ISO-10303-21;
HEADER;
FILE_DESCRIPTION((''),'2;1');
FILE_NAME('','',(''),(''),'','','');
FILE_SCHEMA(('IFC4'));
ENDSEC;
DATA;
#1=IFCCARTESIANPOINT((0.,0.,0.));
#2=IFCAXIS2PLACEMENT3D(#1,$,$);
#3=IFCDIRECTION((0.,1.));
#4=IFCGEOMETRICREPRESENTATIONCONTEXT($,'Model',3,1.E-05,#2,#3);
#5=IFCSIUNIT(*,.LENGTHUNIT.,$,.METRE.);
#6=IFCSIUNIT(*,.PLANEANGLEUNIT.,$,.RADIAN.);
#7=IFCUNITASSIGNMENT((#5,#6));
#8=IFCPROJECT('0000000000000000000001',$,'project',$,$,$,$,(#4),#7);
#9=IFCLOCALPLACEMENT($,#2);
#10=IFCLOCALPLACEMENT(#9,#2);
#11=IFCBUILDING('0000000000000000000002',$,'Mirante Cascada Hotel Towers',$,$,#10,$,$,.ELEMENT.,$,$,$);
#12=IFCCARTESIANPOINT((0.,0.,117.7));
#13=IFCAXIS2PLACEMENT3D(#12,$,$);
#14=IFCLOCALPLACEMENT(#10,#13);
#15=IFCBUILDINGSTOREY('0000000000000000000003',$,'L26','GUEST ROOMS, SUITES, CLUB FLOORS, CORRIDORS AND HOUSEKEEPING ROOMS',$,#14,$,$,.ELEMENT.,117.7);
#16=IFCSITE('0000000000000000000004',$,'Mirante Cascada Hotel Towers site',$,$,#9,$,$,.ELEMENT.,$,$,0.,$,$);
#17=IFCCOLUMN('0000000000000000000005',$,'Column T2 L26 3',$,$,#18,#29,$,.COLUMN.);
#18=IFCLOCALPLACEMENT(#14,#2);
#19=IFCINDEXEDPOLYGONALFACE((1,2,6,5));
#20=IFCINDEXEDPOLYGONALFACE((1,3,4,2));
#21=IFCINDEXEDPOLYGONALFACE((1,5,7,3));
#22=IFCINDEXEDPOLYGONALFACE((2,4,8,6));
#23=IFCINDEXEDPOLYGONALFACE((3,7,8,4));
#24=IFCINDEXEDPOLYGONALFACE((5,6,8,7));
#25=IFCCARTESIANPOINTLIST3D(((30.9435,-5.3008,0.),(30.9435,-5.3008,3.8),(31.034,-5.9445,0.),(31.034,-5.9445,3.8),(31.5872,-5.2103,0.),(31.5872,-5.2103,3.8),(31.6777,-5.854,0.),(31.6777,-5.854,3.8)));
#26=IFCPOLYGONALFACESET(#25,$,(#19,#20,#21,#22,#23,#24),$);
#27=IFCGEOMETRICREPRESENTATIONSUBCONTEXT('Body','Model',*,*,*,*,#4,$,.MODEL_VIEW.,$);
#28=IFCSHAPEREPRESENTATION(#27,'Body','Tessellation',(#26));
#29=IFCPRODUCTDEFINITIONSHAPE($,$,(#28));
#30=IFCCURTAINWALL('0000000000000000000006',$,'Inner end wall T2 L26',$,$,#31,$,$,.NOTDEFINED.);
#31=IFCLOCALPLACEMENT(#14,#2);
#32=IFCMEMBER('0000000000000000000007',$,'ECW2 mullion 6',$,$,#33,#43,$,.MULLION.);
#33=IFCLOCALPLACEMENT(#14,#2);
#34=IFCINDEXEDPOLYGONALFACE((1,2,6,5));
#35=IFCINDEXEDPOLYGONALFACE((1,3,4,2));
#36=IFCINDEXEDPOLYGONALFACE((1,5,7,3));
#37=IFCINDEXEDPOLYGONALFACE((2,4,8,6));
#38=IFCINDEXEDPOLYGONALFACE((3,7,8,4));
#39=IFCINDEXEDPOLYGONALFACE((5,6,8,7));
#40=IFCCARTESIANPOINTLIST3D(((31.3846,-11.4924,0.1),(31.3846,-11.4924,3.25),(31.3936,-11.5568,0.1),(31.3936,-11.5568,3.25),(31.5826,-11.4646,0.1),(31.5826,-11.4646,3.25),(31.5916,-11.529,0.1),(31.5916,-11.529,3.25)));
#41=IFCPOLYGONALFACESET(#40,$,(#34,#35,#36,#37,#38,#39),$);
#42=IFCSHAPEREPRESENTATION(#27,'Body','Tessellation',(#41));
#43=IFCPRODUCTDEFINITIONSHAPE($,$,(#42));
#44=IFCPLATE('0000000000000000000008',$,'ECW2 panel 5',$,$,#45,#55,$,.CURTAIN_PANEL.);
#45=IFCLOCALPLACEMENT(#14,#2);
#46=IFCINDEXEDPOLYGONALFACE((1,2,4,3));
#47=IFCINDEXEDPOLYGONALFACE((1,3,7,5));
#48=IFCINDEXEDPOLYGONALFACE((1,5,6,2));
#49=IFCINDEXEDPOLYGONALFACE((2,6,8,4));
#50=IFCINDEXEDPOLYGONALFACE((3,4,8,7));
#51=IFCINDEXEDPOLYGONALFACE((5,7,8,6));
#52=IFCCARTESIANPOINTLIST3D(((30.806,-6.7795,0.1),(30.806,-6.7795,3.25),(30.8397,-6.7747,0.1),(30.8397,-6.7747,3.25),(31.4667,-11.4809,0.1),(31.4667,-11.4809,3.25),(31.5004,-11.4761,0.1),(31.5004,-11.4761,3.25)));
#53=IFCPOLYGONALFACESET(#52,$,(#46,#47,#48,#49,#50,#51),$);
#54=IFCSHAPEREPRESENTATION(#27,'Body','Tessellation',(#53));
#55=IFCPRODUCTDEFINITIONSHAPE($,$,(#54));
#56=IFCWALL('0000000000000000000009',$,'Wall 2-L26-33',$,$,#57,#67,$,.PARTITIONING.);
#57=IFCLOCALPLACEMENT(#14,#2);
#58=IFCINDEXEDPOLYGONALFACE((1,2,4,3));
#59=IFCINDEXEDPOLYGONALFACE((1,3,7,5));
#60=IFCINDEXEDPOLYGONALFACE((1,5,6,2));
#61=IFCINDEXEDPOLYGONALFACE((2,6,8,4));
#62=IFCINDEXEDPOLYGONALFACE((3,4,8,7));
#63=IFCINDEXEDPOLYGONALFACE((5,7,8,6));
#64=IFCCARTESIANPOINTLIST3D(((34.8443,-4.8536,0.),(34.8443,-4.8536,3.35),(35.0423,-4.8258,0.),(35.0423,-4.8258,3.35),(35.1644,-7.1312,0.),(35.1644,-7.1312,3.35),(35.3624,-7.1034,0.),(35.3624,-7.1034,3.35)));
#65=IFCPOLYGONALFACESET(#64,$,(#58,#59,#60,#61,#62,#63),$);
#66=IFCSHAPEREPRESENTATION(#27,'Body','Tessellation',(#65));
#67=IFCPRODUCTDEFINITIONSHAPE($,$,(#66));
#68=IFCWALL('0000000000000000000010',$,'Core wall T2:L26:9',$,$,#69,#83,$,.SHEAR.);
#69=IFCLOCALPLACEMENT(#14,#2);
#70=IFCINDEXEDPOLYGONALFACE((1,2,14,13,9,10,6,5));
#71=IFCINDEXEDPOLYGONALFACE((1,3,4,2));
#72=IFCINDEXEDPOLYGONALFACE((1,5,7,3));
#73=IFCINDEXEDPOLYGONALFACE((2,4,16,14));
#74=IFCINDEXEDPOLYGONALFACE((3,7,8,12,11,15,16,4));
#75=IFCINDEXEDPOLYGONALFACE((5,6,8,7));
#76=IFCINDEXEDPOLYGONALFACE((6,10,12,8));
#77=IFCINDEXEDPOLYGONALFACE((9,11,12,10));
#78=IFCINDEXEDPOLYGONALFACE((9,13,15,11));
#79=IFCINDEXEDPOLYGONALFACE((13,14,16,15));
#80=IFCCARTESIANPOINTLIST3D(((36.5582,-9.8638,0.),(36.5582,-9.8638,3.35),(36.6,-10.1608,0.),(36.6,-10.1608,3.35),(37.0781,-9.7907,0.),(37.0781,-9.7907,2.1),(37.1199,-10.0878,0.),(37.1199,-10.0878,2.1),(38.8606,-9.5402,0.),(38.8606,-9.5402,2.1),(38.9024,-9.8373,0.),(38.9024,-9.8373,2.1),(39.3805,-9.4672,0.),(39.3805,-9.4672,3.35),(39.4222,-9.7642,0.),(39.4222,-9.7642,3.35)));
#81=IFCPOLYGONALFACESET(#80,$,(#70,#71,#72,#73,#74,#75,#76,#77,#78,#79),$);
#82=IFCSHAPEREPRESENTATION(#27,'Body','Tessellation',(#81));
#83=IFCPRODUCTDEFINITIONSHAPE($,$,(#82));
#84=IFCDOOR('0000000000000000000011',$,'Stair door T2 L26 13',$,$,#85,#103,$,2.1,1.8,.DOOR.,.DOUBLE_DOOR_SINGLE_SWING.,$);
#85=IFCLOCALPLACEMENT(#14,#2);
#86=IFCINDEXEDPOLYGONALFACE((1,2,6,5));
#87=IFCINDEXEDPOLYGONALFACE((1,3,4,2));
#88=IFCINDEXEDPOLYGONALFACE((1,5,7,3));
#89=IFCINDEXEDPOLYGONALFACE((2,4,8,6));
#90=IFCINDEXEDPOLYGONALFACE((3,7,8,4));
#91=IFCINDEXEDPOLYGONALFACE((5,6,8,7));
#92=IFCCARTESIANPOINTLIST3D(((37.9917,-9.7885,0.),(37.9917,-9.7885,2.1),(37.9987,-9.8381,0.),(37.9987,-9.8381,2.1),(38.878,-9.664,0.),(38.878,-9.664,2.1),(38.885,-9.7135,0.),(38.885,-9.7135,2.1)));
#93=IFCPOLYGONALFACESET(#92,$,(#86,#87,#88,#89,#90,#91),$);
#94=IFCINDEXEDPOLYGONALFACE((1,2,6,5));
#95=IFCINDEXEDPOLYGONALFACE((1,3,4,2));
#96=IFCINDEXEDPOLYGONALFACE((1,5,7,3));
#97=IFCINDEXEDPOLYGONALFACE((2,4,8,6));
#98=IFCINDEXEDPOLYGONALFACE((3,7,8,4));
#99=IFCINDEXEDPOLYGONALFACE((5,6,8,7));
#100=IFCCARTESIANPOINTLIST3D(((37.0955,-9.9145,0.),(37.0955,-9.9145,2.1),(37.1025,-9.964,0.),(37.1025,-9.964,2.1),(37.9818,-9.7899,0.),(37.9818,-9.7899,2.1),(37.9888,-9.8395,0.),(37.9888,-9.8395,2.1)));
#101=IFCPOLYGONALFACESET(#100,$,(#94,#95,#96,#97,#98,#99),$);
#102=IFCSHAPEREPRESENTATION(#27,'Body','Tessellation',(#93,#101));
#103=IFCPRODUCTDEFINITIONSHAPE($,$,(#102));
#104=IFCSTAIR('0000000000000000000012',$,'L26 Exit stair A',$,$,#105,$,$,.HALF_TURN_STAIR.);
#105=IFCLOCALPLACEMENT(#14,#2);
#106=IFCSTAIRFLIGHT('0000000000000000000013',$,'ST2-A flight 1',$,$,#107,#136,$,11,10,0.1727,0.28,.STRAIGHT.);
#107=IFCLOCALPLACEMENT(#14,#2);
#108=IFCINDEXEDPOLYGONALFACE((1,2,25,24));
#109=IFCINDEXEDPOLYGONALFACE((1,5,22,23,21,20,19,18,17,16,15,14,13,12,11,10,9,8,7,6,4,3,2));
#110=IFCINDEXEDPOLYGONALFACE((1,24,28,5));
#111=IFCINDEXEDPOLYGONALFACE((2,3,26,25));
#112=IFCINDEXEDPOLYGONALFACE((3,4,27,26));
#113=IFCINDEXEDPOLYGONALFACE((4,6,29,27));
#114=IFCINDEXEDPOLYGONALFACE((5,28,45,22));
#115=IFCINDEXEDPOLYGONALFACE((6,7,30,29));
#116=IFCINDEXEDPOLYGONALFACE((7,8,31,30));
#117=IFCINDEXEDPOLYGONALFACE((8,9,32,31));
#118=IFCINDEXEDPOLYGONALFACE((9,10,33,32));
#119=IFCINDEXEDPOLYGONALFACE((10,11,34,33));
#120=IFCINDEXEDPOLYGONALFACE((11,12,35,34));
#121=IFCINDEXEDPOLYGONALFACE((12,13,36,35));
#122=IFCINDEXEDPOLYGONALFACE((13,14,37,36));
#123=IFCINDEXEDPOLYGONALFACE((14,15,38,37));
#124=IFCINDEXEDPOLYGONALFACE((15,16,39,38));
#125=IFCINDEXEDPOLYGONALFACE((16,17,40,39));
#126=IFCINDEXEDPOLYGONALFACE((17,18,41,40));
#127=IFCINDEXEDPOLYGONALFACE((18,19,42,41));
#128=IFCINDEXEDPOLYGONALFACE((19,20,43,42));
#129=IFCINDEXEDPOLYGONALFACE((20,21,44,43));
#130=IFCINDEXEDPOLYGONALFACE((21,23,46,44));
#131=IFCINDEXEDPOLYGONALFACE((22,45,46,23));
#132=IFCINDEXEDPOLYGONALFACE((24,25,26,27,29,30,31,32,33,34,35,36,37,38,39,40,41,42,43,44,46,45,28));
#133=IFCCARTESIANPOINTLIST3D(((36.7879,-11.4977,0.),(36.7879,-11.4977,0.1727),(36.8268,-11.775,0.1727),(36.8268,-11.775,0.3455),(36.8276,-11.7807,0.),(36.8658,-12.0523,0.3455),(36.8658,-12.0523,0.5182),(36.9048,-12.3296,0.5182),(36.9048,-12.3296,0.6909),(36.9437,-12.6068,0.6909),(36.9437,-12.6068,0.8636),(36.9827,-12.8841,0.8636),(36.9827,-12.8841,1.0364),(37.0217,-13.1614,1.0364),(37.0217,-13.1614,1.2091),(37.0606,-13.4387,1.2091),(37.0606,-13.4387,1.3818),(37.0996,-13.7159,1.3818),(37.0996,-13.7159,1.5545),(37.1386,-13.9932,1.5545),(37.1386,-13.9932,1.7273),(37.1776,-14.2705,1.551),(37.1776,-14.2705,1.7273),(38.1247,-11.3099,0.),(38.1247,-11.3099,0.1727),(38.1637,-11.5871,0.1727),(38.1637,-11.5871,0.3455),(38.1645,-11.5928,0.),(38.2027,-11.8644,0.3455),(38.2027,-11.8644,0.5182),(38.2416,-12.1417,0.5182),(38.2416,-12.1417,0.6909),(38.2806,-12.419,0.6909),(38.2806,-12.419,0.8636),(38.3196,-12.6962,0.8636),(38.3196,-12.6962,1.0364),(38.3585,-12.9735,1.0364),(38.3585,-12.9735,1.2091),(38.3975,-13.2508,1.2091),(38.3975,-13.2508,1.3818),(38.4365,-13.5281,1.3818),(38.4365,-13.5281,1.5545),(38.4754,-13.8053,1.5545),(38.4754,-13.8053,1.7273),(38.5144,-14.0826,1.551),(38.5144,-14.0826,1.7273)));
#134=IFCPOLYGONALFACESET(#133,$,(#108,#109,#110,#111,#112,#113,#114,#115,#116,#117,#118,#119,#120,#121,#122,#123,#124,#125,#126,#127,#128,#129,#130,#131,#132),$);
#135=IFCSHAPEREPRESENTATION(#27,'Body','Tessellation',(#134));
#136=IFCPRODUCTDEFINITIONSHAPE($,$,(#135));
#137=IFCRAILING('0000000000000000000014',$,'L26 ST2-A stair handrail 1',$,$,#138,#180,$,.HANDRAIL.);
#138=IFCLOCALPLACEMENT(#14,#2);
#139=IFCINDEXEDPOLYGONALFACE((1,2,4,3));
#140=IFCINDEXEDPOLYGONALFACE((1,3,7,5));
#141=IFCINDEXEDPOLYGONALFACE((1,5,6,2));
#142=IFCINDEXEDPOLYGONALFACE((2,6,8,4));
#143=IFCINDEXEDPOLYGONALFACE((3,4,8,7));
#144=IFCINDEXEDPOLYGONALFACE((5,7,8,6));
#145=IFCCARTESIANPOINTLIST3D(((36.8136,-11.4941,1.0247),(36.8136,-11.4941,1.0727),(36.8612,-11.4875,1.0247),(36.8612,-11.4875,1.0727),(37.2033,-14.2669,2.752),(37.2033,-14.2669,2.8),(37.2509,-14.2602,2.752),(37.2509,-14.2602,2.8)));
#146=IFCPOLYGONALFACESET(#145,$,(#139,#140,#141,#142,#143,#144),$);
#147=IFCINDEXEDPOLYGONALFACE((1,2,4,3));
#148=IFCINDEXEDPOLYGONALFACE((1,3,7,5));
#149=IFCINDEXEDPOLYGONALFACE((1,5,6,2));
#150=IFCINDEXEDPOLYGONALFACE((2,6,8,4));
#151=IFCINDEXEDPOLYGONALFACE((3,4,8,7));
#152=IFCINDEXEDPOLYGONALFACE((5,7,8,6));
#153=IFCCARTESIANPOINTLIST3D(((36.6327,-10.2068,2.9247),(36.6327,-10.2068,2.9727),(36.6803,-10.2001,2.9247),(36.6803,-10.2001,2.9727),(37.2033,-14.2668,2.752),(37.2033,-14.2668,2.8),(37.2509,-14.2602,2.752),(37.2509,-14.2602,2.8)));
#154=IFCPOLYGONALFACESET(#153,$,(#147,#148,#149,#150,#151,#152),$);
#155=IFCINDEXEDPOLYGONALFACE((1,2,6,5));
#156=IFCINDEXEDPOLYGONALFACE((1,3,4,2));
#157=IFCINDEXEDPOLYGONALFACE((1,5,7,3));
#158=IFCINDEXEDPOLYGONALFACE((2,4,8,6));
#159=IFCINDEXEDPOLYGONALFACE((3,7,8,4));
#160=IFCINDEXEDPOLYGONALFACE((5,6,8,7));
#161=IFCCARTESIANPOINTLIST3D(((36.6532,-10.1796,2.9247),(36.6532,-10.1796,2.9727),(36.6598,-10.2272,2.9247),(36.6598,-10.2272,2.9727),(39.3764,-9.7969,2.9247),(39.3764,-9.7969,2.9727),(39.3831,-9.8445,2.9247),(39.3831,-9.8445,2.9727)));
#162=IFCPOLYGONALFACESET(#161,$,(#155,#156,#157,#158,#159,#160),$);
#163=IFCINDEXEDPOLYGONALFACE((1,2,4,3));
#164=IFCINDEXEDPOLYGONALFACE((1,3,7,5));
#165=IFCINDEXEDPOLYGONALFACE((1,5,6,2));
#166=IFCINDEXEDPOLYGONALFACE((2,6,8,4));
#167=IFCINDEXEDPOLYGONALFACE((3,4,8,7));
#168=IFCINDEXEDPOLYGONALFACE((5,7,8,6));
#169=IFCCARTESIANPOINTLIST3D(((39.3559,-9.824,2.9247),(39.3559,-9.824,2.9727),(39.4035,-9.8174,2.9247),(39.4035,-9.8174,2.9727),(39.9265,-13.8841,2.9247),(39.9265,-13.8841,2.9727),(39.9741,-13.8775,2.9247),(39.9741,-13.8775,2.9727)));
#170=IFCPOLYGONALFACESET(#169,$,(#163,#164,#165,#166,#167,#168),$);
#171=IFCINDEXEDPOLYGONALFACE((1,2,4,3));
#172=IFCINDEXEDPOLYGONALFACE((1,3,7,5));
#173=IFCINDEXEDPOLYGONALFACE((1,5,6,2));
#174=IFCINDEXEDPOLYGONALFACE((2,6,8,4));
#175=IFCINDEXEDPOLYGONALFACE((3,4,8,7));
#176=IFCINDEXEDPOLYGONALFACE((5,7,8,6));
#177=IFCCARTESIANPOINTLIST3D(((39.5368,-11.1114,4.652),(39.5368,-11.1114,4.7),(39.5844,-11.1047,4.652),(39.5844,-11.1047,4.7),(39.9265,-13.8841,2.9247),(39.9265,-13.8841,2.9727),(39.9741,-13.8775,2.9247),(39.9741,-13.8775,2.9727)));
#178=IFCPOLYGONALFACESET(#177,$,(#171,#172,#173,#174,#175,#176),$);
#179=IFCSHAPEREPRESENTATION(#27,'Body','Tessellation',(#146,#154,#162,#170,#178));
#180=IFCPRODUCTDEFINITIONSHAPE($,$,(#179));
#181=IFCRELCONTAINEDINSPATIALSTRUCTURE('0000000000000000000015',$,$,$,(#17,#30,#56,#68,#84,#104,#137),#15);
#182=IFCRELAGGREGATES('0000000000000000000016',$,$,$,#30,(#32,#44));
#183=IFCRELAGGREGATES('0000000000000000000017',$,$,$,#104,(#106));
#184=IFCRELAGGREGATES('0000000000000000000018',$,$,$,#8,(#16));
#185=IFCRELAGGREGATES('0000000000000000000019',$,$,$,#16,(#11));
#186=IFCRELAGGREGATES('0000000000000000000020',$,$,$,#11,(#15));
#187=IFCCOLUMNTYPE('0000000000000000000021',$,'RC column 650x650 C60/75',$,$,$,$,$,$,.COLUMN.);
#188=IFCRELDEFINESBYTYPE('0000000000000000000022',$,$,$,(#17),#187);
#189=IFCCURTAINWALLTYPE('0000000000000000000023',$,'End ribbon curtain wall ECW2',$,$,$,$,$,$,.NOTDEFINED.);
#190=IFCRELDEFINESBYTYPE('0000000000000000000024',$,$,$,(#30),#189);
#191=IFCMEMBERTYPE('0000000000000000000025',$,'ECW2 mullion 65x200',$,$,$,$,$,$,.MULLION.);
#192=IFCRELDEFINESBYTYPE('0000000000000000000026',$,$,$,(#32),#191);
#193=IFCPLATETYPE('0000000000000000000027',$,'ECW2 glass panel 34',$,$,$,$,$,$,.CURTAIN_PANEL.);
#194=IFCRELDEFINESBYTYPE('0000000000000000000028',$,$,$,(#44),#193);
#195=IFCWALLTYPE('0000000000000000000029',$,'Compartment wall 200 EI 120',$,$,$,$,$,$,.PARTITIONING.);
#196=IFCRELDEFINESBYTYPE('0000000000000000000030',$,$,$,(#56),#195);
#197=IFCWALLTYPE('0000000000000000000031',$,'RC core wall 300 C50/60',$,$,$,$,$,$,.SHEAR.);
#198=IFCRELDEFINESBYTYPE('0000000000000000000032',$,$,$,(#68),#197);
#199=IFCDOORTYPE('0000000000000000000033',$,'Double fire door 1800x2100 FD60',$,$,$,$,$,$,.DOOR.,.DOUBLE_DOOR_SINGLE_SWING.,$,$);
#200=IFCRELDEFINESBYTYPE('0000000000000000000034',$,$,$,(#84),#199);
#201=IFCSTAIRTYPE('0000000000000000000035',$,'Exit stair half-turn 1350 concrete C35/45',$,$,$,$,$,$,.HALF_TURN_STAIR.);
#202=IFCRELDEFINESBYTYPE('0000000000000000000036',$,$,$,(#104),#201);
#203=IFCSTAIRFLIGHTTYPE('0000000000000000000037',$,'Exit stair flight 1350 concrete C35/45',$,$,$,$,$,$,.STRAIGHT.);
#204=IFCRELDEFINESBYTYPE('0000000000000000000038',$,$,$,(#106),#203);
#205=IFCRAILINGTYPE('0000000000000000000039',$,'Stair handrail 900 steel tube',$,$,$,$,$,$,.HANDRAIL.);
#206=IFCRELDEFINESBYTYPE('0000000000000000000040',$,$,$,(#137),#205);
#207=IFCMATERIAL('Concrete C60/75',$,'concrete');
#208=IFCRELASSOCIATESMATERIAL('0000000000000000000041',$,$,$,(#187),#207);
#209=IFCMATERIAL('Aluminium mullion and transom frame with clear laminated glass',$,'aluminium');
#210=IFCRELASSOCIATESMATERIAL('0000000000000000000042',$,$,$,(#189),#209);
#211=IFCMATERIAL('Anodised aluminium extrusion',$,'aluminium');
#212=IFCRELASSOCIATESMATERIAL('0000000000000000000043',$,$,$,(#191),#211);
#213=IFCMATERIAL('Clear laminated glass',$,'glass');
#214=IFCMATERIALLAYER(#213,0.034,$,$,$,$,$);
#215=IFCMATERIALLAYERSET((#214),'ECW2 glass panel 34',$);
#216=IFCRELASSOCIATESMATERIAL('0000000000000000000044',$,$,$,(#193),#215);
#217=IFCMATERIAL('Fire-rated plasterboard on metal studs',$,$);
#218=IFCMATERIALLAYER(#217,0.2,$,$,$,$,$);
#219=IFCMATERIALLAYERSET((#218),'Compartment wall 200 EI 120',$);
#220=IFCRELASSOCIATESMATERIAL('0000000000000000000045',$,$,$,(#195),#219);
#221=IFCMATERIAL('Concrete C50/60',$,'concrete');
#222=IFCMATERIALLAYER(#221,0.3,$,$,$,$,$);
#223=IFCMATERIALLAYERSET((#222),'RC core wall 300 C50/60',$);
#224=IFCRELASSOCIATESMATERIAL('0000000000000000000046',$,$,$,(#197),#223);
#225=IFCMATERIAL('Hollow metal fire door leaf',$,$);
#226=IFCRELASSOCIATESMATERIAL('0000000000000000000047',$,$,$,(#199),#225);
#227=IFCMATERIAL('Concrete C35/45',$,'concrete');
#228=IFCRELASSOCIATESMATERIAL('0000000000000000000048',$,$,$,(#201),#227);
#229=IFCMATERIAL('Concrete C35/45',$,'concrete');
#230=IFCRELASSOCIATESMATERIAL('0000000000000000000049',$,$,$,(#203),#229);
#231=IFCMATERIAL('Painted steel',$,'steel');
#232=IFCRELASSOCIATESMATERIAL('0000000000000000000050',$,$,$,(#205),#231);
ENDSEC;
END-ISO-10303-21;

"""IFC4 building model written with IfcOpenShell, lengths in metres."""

from ifc_helpers import new_model, si_unit, direction, frame, frame_2d, origin, origin_2d, place, context, subcontext, project, spatial, polyline, rectangle, outline, extrude, material, layer, layer_set, material_profile, profile_set, type_object, element, fill, aggregate, save


model = new_model("IFC4")

# Units and contexts
model_context = context("Model", 3, precision=1e-05, world=origin(), true_north=direction((0.0, 1.0)))
body_context = subcontext(model_context, "Body", "Model", "MODEL_VIEW")
ifc_project = project(units=[si_unit("LENGTHUNIT", "METRE"), si_unit("PLANEANGLEUNIT", "RADIAN")], contexts=[model_context])

# Site, building, storey
site_placement = place(None, origin())
site = spatial("IfcSite", under=ifc_project, at=site_placement, Name="Mirante Cascada Hotel Towers site", CompositionType="ELEMENT", RefElevation=0.0)
building_placement = place(site_placement, origin())
building = spatial("IfcBuilding", under=site, at=building_placement, Name="Mirante Cascada Hotel Towers", CompositionType="ELEMENT")
storey_placement = place(building_placement, frame((0.0, 0.0, 117.7)))
storey = spatial("IfcBuildingStorey", under=building, at=storey_placement, Name="L26", Description="GUEST ROOMS, SUITES, CLUB FLOORS, CORRIDORS AND HOUSEKEEPING ROOMS", CompositionType="ELEMENT", Elevation=117.7)

# Column
ifc_material_1 = material(Name="Concrete C60/75", Category="concrete")
ifc_material_profile_1 = material_profile(ifc_material_1, rectangle(XDim=0.65, YDim=0.65, at=origin_2d()), Name="RC column 650x650 C60/75")
ifc_profile_set_1 = profile_set([ifc_material_profile_1], Name="Concrete C60/75")
column_type = type_object("IfcColumnType", Name="RC column 650x650 C60/75", PredefinedType="COLUMN", material=ifc_profile_set_1)
column_placement = place(storey_placement, frame((31.3106, -5.5774, 0.0), z_axis=(0.0, 0.0, 1.0), x_axis=(0.990268, 0.139173, 0.0)))
element("IfcColumn", 1, at=column_placement, inside=storey, type_object=column_type, Name="Column T2 L26 3", PredefinedType="COLUMN", context=body_context, shape_type="SweptSolid", body=[
    extrude(rectangle(XDim=0.65, YDim=0.65, at=origin_2d()), origin(), (0.0, 0.0, 1.0), 3.8),
])

# Curtain wall, member, plate
ifc_material_2 = material(Name="Aluminium mullion and transom frame with clear laminated glass", Category="aluminium")
curtain_wall_type = type_object("IfcCurtainWallType", Name="End ribbon curtain wall ECW2", PredefinedType="NOTDEFINED", material=ifc_material_2)
curtain_wall_placement = place(storey_placement, origin())
curtain_wall = element("IfcCurtainWall", 2, at=curtain_wall_placement, inside=storey, type_object=curtain_wall_type, Name="Inner end wall T2 L26", PredefinedType="NOTDEFINED")
ifc_material_3 = material(Name="Anodised aluminium extrusion", Category="aluminium")
ifc_material_profile_2 = material_profile(ifc_material_3, rectangle(XDim=0.2, YDim=0.065, at=origin_2d()), Name="ECW2 MULLION 65x200")
ifc_profile_set_2 = profile_set([ifc_material_profile_2], Name="Anodised aluminium extrusion")
member_type = type_object("IfcMemberType", Name="ECW2 mullion 65x200", PredefinedType="MULLION", material=ifc_profile_set_2)
member_placement = place(storey_placement, frame((31.4881, -11.5107, 0.1), z_axis=(0.0, 0.0, 1.0), x_axis=(0.990268, 0.139173, 0.0)))
member = element("IfcMember", 3, at=member_placement, type_object=member_type, Name="ECW2 mullion 6", PredefinedType="MULLION", context=body_context, shape_type="SweptSolid", body=[
    extrude(rectangle(XDim=0.2, YDim=0.065, at=origin_2d()), origin(), (0.0, 0.0, 1.0), 3.15),
])
ifc_material_4 = material(Name="Clear laminated glass", Category="glass")
ifc_layer_1 = layer(ifc_material_4, 0.034)
ifc_layer_set_1 = layer_set([ifc_layer_1], Name="ECW2 glass panel 34")
plate_type = type_object("IfcPlateType", Name="ECW2 glass panel 34", PredefinedType="CURTAIN_PANEL", material=ifc_layer_set_1)
plate_placement = place(storey_placement, frame((31.1532, -9.1278, 0.1), z_axis=(0.0, 0.0, 1.0), x_axis=(0.139173, -0.990268, 0.0)))
plate = element("IfcPlate", 4, at=plate_placement, type_object=plate_type, Name="ECW2 panel 5", PredefinedType="CURTAIN_PANEL", context=body_context, shape_type="SweptSolid", body=[
    extrude(rectangle(XDim=4.7476, YDim=0.034, at=origin_2d()), origin(), (0.0, 0.0, 1.0), 3.15),
])
aggregate(curtain_wall, [member, plate])

# Wall
ifc_material_5 = material(Name="Fire-rated plasterboard on metal studs")
ifc_layer_2 = layer(ifc_material_5, 0.2)
ifc_layer_set_2 = layer_set([ifc_layer_2], Name="Compartment wall 200 EI 120")
wall_type_1 = type_object("IfcWallType", Name="Compartment wall 200 EI 120", PredefinedType="PARTITIONING", material=ifc_layer_set_2)
wall_1_placement = place(storey_placement, frame((35.2634, -7.1173, 0.0), z_axis=(0.0, 0.0, 1.0), x_axis=(-0.139175, 0.990268, 0.0)))
element("IfcWall", 5, at=wall_1_placement, inside=storey, type_object=wall_type_1, Name="Wall 2-L26-33", PredefinedType="PARTITIONING", context=body_context, shape_type="SweptSolid", body=[
    extrude(rectangle(XDim=2.3, YDim=0.2, at=frame_2d((1.15, 0.0))), origin(), (0.0, 0.0, 1.0), 3.35),
])

# Wall, opening, door
ifc_material_6 = material(Name="Concrete C50/60", Category="concrete")
ifc_layer_3 = layer(ifc_material_6, 0.3)
ifc_layer_set_3 = layer_set([ifc_layer_3], Name="RC core wall 300 C50/60")
wall_type_2 = type_object("IfcWallType", Name="RC core wall 300 C50/60", PredefinedType="SHEAR", material=ifc_layer_set_3)
wall_2_placement = place(storey_placement, frame((36.5791, -10.0123, 0.0), z_axis=(0.0, 0.0, 1.0), x_axis=(0.99027, 0.139156, 0.0)))
wall_2 = element("IfcWall", 6, at=wall_2_placement, inside=storey, type_object=wall_type_2, Name="Core wall T2:L26:9", PredefinedType="SHEAR", context=body_context, shape_type="SweptSolid", body=[
    extrude(rectangle(XDim=2.85, YDim=0.3, at=frame_2d((1.425, 0.0))), origin(), (0.0, 0.0, 1.0), 3.35),
])
opening_1_placement = place(wall_2_placement, frame((0.525, 0.0, 0.0)))
opening_1 = element("IfcOpeningElement", 7, at=opening_1_placement, cuts=wall_2, PredefinedType="OPENING", context=body_context, shape_type="SweptSolid", body=[
    extrude(rectangle(XDim=1.8, YDim=2.1, at=frame_2d((0.9, 1.05))), frame((0.0, 0.15, 0.0), z_axis=(0.0, -1.0, 0.0), x_axis=(1.0, 0.0, 0.0)), (0.0, 0.0, 1.0), 0.3),
])
ifc_material_7 = material(Name="Hollow metal fire door leaf")
door_type_1 = type_object("IfcDoorType", Name="Double fire door 1800x2100 FD60", OperationType="DOUBLE_DOOR_SINGLE_SWING", PredefinedType="DOOR", material=ifc_material_7)
door_1_placement = place(opening_1_placement, frame((1.8, 0.0, 0.0), z_axis=(0.0, 0.0, 1.0), x_axis=(-1.0, 0.0, 0.0)))
door_1 = element("IfcDoor", 8, at=door_1_placement, inside=storey, type_object=door_type_1, Name="Stair door T2 L26 13", OperationType="DOUBLE_DOOR_SINGLE_SWING", OverallHeight=2.1, OverallWidth=1.8, PredefinedType="DOOR", context=body_context, shape_type="SweptSolid", body=[
    extrude(rectangle(XDim=0.895, YDim=2.1, at=frame_2d((0.4475, 1.05))), frame((0.0, 0.025, 0.0), z_axis=(0.0, -1.0, 0.0), x_axis=(1.0, 0.0, 0.0)), (0.0, 0.0, 1.0), 0.05),
    extrude(rectangle(XDim=0.895, YDim=2.1, at=frame_2d((1.3525, 1.05))), frame((0.0, 0.025, 0.0), z_axis=(0.0, -1.0, 0.0), x_axis=(1.0, 0.0, 0.0)), (0.0, 0.0, 1.0), 0.05),
])
fill(opening_1, door_1)

# Stair, stair flight
ifc_material_8 = material(Name="Concrete C35/45", Category="concrete")
stair_type = type_object("IfcStairType", Name="Exit stair half-turn 1350 concrete C35/45", PredefinedType="HALF_TURN_STAIR", material=ifc_material_8)
stair_placement = place(storey_placement, origin())
stair = element("IfcStair", 9, at=stair_placement, inside=storey, type_object=stair_type, Name="L26 Exit stair A", PredefinedType="HALF_TURN_STAIR")
ifc_material_9 = material(Name="Concrete C35/45", Category="concrete")
stair_flight_type = type_object("IfcStairFlightType", Name="Exit stair flight 1350 concrete C35/45", PredefinedType="STRAIGHT", material=ifc_material_9)
stair_flight_placement = place(storey_placement, frame((37.4563, -11.4038, 0.0), z_axis=(0.0, 0.0, 1.0), x_axis=(0.139173, -0.990268, 0.0)))
stair_flight = element("IfcStairFlight", 10, at=stair_flight_placement, type_object=stair_flight_type, Name="ST2-A flight 1", NumberOfRisers=11, NumberOfTreads=10, PredefinedType="STRAIGHT", RiserHeight=0.1727, TreadLength=0.28, context=body_context, shape_type="SweptSolid", body=[
    extrude(outline(polyline([(0.0, 0.0), (0.0, 0.1727), (0.28, 0.1727), (0.28, 0.3455), (0.56, 0.3455), (0.56, 0.5182), (0.84, 0.5182), (0.84, 0.6909), (1.12, 0.6909), (1.12, 0.8636), (1.4, 0.8636), (1.4, 1.0364), (1.68, 1.0364), (1.68, 1.2091), (1.96, 1.2091), (1.96, 1.3818), (2.24, 1.3818), (2.24, 1.5545), (2.52, 1.5545), (2.52, 1.7273), (2.8, 1.7273), (2.8, 1.9), (2.8, 1.551), (0.2857, 0.0), (0.0, 0.0)])), frame((0.0, 0.675, 0.0), z_axis=(0.0, -1.0, 0.0), x_axis=(1.0, 0.0, 0.0)), (0.0, 0.0, 1.0), 1.35),
])
aggregate(stair, [stair_flight])

# Railing
ifc_material_10 = material(Name="Painted steel", Category="steel")
railing_type = type_object("IfcRailingType", Name="Stair handrail 900 steel tube", PredefinedType="HANDRAIL", material=ifc_material_10)
railing_placement = place(storey_placement, frame((36.8374, -11.4908, 0.1727)))
element("IfcRailing", 11, at=railing_placement, inside=storey, type_object=railing_type, Name="L26 ST2-A stair handrail 1", PredefinedType="HANDRAIL", context=body_context, shape_type="SweptSolid", body=[
    extrude(rectangle(XDim=0.048, YDim=0.048, at=origin_2d()), frame((0.0, 0.0, 0.876), z_axis=(0.139181, -0.990267, 0.0), x_axis=(0.990267, 0.139181, 0.0)), (0.0, 0.525035, 0.851081), 3.2899),
    extrude(rectangle(XDim=0.048, YDim=0.048, at=origin_2d()), frame((0.3897, -2.7727, 2.6033), z_axis=(-0.139171, 0.990268, 0.0), x_axis=(-0.990268, -0.139171, 0.0)), (0.0, 0.042085, 0.999114), 4.1036),
    extrude(rectangle(XDim=0.048, YDim=0.048, at=origin_2d()), frame((-0.1809, 1.2874, 2.776), z_axis=(0.990269, 0.139166, 0.0), x_axis=(-0.139166, 0.990269, 0.0)), (0.0, 0.0, 1.0), 2.75),
    extrude(rectangle(XDim=0.048, YDim=0.048, at=origin_2d()), frame((2.5423, 1.6701, 2.776), z_axis=(0.139171, -0.990268, 0.0), x_axis=(0.990268, 0.139171, 0.0)), (0.0, 0.0, 1.0), 4.1),
    extrude(rectangle(XDim=0.048, YDim=0.048, at=origin_2d()), frame((3.1129, -2.39, 2.776), z_axis=(-0.139181, 0.990267, 0.0), x_axis=(-0.990267, -0.139181, 0.0)), (0.0, 0.525035, 0.851081), 3.2899),
])

save(model, "model.ifc")
